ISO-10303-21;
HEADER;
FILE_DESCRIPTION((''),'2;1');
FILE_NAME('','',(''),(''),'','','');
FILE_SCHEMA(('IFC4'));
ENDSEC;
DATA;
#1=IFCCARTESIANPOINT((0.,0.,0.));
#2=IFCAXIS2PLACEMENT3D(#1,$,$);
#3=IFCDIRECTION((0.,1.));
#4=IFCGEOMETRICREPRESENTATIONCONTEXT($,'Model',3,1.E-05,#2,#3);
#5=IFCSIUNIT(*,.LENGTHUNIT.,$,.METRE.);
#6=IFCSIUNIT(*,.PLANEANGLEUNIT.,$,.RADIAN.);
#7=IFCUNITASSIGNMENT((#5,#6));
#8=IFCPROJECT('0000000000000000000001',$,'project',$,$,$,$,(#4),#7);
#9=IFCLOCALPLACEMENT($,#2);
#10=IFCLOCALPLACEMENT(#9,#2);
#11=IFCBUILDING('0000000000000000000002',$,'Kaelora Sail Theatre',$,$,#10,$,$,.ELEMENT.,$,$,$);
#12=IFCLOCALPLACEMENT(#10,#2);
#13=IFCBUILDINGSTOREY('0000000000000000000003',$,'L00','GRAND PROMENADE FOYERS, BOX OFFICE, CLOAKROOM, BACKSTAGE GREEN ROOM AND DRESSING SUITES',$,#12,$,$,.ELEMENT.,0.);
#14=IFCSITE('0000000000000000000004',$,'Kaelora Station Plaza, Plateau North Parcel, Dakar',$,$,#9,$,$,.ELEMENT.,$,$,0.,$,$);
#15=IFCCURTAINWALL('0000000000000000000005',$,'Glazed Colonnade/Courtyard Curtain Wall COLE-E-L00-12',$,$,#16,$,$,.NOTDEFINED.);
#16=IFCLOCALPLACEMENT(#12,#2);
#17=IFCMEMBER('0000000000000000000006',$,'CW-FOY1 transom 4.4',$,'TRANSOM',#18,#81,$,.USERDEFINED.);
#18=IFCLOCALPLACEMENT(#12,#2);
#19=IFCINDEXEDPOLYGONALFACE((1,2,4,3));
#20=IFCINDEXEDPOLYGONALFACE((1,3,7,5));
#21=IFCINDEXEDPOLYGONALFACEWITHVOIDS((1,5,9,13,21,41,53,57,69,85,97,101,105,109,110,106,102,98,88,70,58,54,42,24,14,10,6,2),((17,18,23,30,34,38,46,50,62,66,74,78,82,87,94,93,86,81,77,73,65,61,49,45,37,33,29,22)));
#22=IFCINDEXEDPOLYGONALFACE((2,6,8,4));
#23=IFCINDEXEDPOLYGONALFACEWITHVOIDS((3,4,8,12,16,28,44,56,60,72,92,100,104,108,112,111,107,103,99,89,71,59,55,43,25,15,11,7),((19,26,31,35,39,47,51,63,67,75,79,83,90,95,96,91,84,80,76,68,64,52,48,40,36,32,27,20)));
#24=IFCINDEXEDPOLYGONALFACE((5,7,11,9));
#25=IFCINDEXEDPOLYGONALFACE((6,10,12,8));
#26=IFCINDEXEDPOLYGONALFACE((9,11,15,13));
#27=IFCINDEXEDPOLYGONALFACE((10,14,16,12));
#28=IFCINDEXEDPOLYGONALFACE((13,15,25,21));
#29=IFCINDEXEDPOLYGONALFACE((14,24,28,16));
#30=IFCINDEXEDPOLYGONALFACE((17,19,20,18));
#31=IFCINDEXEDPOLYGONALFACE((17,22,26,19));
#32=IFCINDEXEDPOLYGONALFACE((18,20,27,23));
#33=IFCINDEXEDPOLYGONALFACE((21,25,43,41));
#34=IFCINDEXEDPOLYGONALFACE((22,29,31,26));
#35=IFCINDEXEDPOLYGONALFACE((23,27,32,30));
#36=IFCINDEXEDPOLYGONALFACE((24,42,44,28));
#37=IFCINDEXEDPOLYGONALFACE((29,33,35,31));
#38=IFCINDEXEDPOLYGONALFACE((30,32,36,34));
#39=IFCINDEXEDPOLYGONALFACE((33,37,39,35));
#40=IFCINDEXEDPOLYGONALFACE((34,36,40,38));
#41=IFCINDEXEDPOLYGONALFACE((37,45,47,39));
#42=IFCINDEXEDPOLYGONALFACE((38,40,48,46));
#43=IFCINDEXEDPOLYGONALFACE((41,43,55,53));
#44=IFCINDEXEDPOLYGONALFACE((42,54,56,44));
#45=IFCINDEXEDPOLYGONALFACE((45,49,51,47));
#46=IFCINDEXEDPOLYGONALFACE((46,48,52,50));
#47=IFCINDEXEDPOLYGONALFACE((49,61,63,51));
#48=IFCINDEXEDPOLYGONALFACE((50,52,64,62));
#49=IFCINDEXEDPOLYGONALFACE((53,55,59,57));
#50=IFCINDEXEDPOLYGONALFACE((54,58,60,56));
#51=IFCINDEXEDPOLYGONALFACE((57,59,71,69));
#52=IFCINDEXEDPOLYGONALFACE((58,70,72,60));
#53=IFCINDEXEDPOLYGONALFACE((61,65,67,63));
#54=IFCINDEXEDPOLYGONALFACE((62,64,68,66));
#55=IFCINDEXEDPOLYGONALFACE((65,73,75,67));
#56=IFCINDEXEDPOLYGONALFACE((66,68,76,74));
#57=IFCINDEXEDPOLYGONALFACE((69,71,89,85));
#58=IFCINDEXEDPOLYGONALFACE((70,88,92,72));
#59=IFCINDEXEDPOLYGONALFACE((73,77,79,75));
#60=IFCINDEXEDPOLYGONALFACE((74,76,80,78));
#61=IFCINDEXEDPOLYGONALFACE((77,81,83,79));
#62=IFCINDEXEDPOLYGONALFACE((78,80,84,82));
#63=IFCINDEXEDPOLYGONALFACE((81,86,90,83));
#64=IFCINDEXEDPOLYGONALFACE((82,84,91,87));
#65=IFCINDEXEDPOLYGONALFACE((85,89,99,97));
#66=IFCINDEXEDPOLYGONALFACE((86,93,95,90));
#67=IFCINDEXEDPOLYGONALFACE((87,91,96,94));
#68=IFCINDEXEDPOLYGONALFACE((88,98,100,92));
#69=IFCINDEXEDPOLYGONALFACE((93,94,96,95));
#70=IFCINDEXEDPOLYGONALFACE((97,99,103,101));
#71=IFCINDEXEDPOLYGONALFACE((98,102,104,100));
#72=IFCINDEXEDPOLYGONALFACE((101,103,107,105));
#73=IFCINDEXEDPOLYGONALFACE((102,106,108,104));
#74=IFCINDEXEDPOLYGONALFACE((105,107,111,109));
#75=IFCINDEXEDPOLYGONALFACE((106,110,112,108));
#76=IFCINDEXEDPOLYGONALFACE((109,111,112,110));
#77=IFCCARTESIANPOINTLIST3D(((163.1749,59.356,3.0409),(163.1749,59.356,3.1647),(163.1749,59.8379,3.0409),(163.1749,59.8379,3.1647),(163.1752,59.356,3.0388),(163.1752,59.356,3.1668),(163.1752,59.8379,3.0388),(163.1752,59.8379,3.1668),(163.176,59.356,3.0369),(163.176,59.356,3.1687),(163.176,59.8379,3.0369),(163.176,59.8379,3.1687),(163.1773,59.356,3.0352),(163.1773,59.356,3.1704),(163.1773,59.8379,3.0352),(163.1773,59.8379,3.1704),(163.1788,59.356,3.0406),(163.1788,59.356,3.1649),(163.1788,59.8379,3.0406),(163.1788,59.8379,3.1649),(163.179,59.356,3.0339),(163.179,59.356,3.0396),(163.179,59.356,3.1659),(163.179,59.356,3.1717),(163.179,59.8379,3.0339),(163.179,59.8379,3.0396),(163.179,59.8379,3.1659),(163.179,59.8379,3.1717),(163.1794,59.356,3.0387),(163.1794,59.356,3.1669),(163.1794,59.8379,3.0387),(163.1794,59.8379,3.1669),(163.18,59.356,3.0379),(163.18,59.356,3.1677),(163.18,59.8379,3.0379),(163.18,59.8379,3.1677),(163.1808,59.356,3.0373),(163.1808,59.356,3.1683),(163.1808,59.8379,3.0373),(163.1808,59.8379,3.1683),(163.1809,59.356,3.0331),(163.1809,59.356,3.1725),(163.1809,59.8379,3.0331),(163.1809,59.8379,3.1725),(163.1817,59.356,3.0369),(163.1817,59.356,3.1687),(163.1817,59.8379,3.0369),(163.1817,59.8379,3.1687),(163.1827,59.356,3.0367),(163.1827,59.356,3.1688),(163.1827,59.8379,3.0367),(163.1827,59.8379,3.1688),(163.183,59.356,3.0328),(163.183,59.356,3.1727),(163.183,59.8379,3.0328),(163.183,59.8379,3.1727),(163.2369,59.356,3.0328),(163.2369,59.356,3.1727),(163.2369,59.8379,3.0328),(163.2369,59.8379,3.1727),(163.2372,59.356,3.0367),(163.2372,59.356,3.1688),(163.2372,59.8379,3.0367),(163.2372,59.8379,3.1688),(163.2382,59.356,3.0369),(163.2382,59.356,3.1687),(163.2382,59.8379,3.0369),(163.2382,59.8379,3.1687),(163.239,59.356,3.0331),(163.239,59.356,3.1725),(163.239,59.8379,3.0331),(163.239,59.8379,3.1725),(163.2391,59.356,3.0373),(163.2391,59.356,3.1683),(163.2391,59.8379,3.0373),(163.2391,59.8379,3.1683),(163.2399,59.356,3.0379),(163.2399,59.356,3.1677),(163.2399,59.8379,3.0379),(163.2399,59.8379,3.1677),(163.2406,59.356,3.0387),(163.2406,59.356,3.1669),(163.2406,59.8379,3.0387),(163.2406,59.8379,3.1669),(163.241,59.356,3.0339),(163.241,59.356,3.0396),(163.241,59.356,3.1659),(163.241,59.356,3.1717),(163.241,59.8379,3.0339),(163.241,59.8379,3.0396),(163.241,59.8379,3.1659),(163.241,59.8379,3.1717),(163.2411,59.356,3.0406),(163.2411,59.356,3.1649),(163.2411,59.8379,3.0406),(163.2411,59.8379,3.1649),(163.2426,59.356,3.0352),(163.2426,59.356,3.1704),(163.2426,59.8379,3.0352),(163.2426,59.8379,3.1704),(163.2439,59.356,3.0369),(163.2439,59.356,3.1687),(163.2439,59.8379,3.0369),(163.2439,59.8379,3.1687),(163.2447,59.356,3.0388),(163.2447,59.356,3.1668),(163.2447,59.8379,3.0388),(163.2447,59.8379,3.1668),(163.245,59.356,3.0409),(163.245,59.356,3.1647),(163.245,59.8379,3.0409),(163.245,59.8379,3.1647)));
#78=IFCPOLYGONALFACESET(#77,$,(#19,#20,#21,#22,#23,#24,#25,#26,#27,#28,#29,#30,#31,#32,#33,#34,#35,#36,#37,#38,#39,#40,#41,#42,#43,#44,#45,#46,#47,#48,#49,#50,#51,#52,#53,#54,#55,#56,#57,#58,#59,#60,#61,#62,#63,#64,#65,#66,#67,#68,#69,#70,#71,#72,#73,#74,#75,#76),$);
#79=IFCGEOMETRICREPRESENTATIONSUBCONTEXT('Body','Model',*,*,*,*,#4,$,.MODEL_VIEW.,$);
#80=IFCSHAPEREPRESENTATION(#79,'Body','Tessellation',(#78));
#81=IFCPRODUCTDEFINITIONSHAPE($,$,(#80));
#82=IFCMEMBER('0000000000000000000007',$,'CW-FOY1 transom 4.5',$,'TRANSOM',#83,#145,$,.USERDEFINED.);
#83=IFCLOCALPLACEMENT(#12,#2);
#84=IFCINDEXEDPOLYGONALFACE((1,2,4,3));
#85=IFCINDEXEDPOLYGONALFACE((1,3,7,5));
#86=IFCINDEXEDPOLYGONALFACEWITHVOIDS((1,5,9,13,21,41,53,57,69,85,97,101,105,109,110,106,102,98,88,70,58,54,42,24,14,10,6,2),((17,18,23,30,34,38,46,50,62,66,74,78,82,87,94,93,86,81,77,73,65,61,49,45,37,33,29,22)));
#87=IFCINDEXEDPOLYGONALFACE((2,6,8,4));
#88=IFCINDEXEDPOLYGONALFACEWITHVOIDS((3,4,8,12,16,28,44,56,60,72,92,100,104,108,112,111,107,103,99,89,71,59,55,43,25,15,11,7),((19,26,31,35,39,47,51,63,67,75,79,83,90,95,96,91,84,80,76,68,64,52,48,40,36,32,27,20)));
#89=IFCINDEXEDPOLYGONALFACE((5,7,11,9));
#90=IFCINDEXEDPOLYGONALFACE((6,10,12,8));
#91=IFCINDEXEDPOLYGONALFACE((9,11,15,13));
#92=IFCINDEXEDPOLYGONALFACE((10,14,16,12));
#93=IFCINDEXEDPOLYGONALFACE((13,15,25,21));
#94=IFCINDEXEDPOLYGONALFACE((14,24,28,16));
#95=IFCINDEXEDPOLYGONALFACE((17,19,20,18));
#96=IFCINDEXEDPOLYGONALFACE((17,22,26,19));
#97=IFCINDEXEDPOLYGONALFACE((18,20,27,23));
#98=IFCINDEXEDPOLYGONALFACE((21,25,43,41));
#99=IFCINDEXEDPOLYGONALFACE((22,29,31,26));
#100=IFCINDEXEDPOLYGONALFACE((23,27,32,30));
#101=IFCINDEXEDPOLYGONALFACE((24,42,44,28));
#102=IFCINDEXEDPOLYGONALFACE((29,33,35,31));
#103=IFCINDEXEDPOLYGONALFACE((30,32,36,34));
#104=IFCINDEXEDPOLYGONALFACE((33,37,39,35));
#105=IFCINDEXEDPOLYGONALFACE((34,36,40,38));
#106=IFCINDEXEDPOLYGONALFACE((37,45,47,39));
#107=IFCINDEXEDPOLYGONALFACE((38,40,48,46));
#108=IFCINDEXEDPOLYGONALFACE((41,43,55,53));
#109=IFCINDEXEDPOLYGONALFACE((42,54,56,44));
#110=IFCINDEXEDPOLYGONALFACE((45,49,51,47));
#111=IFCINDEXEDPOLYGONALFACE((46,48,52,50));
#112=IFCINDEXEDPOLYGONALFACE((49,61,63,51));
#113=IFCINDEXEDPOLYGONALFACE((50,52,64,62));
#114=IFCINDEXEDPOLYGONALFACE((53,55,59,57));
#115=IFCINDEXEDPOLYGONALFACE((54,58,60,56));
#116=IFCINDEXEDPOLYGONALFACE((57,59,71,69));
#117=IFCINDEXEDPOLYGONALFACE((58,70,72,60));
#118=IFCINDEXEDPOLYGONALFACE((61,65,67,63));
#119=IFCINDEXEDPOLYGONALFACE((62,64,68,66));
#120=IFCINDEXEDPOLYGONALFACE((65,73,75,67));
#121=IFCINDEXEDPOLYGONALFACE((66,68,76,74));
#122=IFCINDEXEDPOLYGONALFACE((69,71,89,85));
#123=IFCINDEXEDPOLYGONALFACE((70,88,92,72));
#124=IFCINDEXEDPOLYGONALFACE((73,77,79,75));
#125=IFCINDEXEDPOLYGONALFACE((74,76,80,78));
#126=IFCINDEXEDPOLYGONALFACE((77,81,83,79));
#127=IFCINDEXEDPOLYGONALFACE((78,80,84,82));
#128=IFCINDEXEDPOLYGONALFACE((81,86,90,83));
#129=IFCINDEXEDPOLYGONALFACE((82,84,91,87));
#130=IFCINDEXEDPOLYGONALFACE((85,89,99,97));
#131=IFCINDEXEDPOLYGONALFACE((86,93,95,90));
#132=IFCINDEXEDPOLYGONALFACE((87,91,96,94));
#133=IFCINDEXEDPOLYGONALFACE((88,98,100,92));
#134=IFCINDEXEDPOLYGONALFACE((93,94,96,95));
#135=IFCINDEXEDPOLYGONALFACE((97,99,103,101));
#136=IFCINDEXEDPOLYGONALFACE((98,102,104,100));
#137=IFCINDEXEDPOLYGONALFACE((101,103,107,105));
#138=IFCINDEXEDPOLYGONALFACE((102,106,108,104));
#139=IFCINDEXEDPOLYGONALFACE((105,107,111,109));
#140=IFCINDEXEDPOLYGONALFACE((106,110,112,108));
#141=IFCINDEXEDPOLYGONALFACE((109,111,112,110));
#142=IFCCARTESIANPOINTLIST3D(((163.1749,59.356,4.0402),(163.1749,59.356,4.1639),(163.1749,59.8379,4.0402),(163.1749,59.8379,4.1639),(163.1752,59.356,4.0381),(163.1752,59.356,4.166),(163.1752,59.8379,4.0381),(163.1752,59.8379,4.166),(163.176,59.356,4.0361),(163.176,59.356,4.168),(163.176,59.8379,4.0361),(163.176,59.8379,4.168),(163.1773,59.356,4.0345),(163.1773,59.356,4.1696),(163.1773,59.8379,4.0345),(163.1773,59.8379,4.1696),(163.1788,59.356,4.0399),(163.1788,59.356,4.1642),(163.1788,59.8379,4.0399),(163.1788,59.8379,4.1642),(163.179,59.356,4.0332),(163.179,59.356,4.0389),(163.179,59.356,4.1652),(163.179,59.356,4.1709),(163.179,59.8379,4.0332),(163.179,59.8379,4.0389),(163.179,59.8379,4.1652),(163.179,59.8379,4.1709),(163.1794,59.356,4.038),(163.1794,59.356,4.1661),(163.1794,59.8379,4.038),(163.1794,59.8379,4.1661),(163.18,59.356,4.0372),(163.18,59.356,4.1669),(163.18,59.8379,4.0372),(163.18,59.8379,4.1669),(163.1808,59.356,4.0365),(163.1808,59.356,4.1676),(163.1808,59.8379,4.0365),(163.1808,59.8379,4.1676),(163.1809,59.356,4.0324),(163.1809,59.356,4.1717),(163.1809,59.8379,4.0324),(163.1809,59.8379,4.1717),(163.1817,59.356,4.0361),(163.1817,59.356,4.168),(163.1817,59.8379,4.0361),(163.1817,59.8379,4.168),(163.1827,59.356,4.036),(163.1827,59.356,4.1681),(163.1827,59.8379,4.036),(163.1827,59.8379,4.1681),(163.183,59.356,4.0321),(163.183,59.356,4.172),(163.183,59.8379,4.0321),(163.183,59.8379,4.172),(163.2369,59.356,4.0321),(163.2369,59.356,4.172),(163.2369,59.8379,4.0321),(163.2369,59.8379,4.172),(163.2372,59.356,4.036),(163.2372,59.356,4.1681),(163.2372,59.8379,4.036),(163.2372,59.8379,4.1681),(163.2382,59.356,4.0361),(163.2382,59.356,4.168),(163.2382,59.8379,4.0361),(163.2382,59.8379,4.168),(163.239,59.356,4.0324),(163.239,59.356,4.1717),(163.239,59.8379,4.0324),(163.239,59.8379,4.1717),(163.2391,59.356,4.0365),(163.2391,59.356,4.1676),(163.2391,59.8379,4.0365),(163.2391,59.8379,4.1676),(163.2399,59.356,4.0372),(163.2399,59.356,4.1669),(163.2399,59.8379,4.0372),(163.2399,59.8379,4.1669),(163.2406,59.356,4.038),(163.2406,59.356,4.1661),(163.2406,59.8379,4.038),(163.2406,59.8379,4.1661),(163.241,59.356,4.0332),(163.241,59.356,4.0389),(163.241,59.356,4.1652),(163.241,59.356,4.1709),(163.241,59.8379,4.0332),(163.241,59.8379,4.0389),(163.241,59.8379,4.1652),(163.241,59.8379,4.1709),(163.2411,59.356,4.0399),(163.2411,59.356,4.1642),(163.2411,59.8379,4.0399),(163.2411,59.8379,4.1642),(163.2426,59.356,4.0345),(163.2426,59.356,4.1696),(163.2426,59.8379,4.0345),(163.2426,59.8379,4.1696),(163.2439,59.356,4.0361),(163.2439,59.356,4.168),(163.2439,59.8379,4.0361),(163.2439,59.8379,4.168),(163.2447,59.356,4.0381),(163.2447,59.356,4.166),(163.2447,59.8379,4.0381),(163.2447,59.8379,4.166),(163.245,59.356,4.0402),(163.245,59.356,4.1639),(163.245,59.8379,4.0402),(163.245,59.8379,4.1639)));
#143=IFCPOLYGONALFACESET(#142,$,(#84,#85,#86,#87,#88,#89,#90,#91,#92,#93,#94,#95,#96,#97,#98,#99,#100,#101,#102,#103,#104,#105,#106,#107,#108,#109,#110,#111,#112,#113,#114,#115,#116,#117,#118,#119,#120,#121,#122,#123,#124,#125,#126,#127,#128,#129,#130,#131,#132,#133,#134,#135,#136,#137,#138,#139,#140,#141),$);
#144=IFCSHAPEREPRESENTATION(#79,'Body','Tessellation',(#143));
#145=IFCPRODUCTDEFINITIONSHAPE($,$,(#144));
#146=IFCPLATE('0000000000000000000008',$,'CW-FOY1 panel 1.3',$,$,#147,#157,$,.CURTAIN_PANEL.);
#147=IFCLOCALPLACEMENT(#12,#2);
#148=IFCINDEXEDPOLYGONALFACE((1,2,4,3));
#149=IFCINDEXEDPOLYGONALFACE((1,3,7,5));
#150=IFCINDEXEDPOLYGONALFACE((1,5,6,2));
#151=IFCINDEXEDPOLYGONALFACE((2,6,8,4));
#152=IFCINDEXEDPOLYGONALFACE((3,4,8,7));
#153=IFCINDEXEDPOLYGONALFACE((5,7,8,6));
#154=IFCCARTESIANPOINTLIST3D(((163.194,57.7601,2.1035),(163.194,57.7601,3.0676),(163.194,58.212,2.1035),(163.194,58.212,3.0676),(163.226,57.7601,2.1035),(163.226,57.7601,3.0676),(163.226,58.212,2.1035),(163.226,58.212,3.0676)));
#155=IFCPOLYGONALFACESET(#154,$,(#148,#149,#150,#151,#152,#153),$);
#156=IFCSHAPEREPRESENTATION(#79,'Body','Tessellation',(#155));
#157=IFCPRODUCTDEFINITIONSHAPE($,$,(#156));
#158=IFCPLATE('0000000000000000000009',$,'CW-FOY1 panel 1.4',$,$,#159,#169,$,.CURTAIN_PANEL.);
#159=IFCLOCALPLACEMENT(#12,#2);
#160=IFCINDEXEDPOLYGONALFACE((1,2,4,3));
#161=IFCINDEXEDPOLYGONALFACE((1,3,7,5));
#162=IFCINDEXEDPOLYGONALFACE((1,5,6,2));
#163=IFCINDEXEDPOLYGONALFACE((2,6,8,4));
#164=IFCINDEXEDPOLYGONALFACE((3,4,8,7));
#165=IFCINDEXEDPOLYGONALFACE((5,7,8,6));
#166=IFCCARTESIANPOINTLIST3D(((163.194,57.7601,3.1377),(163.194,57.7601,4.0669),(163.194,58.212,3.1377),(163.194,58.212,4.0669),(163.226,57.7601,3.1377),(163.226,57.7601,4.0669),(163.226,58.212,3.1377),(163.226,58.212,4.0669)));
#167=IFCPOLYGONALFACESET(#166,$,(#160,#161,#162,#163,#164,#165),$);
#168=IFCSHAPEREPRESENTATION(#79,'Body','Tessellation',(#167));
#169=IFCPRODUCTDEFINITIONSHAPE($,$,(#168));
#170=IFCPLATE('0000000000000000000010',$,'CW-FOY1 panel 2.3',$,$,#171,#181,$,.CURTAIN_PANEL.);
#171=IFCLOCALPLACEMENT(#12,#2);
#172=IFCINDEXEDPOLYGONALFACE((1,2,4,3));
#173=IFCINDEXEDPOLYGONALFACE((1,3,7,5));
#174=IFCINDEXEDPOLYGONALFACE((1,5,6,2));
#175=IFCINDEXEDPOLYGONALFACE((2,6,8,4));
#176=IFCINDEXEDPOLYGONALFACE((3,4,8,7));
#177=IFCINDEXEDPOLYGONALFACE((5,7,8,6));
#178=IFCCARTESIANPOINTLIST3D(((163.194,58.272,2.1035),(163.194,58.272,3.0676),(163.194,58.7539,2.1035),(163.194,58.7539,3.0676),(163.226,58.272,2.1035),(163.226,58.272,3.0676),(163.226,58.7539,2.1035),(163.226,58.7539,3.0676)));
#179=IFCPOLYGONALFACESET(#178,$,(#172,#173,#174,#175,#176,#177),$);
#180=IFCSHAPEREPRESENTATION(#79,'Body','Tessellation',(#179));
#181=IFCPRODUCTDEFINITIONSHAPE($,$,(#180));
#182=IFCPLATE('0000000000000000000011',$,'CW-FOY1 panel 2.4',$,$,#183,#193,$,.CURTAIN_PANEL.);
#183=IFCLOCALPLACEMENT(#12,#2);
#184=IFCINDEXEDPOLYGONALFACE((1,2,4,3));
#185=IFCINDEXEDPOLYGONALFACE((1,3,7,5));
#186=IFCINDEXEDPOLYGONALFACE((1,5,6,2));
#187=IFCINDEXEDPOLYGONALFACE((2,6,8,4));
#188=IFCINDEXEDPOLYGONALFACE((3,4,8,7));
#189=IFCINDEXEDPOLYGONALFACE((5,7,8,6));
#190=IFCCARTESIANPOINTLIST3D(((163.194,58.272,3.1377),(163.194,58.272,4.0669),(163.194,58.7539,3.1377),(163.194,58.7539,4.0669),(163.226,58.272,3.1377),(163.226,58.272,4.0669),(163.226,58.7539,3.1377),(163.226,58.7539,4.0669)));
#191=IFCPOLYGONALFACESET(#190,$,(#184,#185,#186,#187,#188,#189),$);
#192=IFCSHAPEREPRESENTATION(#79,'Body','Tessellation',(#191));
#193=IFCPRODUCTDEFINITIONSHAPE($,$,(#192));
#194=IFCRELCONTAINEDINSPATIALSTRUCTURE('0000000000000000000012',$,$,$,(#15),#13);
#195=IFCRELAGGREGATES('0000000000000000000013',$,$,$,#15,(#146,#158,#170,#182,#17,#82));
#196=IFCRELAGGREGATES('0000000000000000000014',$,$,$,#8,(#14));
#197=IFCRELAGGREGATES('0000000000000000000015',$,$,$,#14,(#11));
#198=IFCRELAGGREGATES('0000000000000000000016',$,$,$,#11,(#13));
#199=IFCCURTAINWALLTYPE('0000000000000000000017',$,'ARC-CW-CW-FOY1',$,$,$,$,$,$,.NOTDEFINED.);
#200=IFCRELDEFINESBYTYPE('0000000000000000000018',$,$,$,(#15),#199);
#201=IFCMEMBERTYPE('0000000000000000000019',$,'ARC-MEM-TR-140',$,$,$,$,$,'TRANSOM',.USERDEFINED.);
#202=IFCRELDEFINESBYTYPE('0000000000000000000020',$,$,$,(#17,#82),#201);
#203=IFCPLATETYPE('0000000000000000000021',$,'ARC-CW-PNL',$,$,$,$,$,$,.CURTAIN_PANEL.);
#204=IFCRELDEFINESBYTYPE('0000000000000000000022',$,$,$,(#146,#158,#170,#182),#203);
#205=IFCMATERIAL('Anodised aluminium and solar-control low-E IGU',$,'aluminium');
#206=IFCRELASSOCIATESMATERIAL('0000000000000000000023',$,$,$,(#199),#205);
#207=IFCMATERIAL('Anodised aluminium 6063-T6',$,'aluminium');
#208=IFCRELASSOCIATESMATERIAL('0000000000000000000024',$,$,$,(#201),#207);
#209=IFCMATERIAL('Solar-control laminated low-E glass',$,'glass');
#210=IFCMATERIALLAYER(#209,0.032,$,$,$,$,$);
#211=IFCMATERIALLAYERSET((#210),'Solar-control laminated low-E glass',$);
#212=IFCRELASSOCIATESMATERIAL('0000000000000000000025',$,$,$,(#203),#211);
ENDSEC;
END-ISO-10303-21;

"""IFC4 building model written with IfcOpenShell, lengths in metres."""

from ifc_helpers import new_model, si_unit, direction, frame, origin, origin_2d, place, context, subcontext, project, spatial, rectangle, hollow_rectangle, extrude, material, layer, layer_set, material_profile, profile_set, type_object, element, aggregate, save


model = new_model("IFC4")

# Units and contexts
model_context = context("Model", 3, precision=1e-05, world=origin(), true_north=direction((0.0, 1.0)))
body_context = subcontext(model_context, "Body", "Model", "MODEL_VIEW")
ifc_project = project(units=[si_unit("LENGTHUNIT", "METRE"), si_unit("PLANEANGLEUNIT", "RADIAN")], contexts=[model_context])

# Site, building, storey
site_placement = place(None, origin())
site = spatial("IfcSite", under=ifc_project, at=site_placement, Name="Kaelora Station Plaza, Plateau North Parcel, Dakar", CompositionType="ELEMENT", RefElevation=0.0)
building_placement = place(site_placement, origin())
building = spatial("IfcBuilding", under=site, at=building_placement, Name="Kaelora Sail Theatre", CompositionType="ELEMENT")
storey_placement = place(building_placement, origin())
storey = spatial("IfcBuildingStorey", under=building, at=storey_placement, Name="L00", Description="GRAND PROMENADE FOYERS, BOX OFFICE, CLOAKROOM, BACKSTAGE GREEN ROOM AND DRESSING SUITES", CompositionType="ELEMENT", Elevation=0.0)

# Curtain wall, members, plates
ifc_material_1 = material(Name="Anodised aluminium and solar-control low-E IGU", Category="aluminium")
curtain_wall_type = type_object("IfcCurtainWallType", Name="ARC-CW-CW-FOY1", PredefinedType="NOTDEFINED", material=ifc_material_1)
curtain_wall_placement = place(storey_placement, origin())
curtain_wall = element("IfcCurtainWall", 1, at=curtain_wall_placement, inside=storey, type_object=curtain_wall_type, Name="Glazed Colonnade/Courtyard Curtain Wall COLE-E-L00-12", PredefinedType="NOTDEFINED")
ifc_material_2 = material(Name="Anodised aluminium 6063-T6", Category="aluminium")
ifc_material_profile = material_profile(ifc_material_2, hollow_rectangle(XDim=0.0701, YDim=0.1399, WallThickness=0.0039, InnerFilletRadius=0.0039, OuterFilletRadius=0.0081, at=origin_2d()), Name="ALU-TRAN 70x140x4")
ifc_profile_set = profile_set([ifc_material_profile], Name="Anodised aluminium 6063-T6")
member_type = type_object("IfcMemberType", Name="ARC-MEM-TR-140", ElementType="TRANSOM", PredefinedType="USERDEFINED", material=ifc_profile_set)
member_1_placement = place(storey_placement, frame((163.21, 59.356, 3.1028), z_axis=(0.0, 1.0, 0.0), x_axis=(-1.0, 0.0, 0.0)))
member_1 = element("IfcMember", 2, at=member_1_placement, type_object=member_type, Name="CW-FOY1 transom 4.4", ObjectType="TRANSOM", PredefinedType="USERDEFINED", context=body_context, shape_type="SweptSolid", body=[
    extrude(hollow_rectangle(XDim=0.0701, YDim=0.1399, WallThickness=0.0039, InnerFilletRadius=0.0039, OuterFilletRadius=0.0081, at=origin_2d()), origin(), (0.0, 0.0, 1.0), 0.4819),
])
member_2_placement = place(storey_placement, frame((163.21, 59.356, 4.1021), z_axis=(0.0, 1.0, 0.0), x_axis=(-1.0, 0.0, 0.0)))
member_2 = element("IfcMember", 3, at=member_2_placement, type_object=member_type, Name="CW-FOY1 transom 4.5", ObjectType="TRANSOM", PredefinedType="USERDEFINED", context=body_context, shape_type="SweptSolid", body=[
    extrude(hollow_rectangle(XDim=0.0701, YDim=0.1399, WallThickness=0.0039, InnerFilletRadius=0.0039, OuterFilletRadius=0.0081, at=origin_2d()), origin(), (0.0, 0.0, 1.0), 0.4819),
])
ifc_material_3 = material(Name="Solar-control laminated low-E glass", Category="glass")
ifc_layer = layer(ifc_material_3, 0.032)
ifc_layer_set = layer_set([ifc_layer], Name="Solar-control laminated low-E glass")
plate_type = type_object("IfcPlateType", Name="ARC-CW-PNL", PredefinedType="CURTAIN_PANEL", material=ifc_layer_set)
plate_1_placement = place(storey_placement, frame((163.21, 57.9861, 2.1035), z_axis=(0.0, 0.0, 1.0), x_axis=(0.0, 1.0, 0.0)))
plate_1 = element("IfcPlate", 4, at=plate_1_placement, type_object=plate_type, Name="CW-FOY1 panel 1.3", PredefinedType="CURTAIN_PANEL", context=body_context, shape_type="SweptSolid", body=[
    extrude(rectangle(XDim=0.4519, YDim=0.032, at=origin_2d()), origin(), (0.0, 0.0, 1.0), 0.9641),
])
plate_2_placement = place(storey_placement, frame((163.21, 57.9861, 3.1377), z_axis=(0.0, 0.0, 1.0), x_axis=(0.0, 1.0, 0.0)))
plate_2 = element("IfcPlate", 5, at=plate_2_placement, type_object=plate_type, Name="CW-FOY1 panel 1.4", PredefinedType="CURTAIN_PANEL", context=body_context, shape_type="SweptSolid", body=[
    extrude(rectangle(XDim=0.4519, YDim=0.032, at=origin_2d()), origin(), (0.0, 0.0, 1.0), 0.9292),
])
plate_3_placement = place(storey_placement, frame((163.21, 58.5129, 2.1035), z_axis=(0.0, 0.0, 1.0), x_axis=(0.0, 1.0, 0.0)))
plate_3 = element("IfcPlate", 6, at=plate_3_placement, type_object=plate_type, Name="CW-FOY1 panel 2.3", PredefinedType="CURTAIN_PANEL", context=body_context, shape_type="SweptSolid", body=[
    extrude(rectangle(XDim=0.4819, YDim=0.032, at=origin_2d()), origin(), (0.0, 0.0, 1.0), 0.9641),
])
plate_4_placement = place(storey_placement, frame((163.21, 58.5129, 3.1377), z_axis=(0.0, 0.0, 1.0), x_axis=(0.0, 1.0, 0.0)))
plate_4 = element("IfcPlate", 7, at=plate_4_placement, type_object=plate_type, Name="CW-FOY1 panel 2.4", PredefinedType="CURTAIN_PANEL", context=body_context, shape_type="SweptSolid", body=[
    extrude(rectangle(XDim=0.4819, YDim=0.032, at=origin_2d()), origin(), (0.0, 0.0, 1.0), 0.9292),
])
aggregate(curtain_wall, [plate_1, plate_2, plate_3, plate_4, member_1, member_2])

save(model, "model.ifc")
